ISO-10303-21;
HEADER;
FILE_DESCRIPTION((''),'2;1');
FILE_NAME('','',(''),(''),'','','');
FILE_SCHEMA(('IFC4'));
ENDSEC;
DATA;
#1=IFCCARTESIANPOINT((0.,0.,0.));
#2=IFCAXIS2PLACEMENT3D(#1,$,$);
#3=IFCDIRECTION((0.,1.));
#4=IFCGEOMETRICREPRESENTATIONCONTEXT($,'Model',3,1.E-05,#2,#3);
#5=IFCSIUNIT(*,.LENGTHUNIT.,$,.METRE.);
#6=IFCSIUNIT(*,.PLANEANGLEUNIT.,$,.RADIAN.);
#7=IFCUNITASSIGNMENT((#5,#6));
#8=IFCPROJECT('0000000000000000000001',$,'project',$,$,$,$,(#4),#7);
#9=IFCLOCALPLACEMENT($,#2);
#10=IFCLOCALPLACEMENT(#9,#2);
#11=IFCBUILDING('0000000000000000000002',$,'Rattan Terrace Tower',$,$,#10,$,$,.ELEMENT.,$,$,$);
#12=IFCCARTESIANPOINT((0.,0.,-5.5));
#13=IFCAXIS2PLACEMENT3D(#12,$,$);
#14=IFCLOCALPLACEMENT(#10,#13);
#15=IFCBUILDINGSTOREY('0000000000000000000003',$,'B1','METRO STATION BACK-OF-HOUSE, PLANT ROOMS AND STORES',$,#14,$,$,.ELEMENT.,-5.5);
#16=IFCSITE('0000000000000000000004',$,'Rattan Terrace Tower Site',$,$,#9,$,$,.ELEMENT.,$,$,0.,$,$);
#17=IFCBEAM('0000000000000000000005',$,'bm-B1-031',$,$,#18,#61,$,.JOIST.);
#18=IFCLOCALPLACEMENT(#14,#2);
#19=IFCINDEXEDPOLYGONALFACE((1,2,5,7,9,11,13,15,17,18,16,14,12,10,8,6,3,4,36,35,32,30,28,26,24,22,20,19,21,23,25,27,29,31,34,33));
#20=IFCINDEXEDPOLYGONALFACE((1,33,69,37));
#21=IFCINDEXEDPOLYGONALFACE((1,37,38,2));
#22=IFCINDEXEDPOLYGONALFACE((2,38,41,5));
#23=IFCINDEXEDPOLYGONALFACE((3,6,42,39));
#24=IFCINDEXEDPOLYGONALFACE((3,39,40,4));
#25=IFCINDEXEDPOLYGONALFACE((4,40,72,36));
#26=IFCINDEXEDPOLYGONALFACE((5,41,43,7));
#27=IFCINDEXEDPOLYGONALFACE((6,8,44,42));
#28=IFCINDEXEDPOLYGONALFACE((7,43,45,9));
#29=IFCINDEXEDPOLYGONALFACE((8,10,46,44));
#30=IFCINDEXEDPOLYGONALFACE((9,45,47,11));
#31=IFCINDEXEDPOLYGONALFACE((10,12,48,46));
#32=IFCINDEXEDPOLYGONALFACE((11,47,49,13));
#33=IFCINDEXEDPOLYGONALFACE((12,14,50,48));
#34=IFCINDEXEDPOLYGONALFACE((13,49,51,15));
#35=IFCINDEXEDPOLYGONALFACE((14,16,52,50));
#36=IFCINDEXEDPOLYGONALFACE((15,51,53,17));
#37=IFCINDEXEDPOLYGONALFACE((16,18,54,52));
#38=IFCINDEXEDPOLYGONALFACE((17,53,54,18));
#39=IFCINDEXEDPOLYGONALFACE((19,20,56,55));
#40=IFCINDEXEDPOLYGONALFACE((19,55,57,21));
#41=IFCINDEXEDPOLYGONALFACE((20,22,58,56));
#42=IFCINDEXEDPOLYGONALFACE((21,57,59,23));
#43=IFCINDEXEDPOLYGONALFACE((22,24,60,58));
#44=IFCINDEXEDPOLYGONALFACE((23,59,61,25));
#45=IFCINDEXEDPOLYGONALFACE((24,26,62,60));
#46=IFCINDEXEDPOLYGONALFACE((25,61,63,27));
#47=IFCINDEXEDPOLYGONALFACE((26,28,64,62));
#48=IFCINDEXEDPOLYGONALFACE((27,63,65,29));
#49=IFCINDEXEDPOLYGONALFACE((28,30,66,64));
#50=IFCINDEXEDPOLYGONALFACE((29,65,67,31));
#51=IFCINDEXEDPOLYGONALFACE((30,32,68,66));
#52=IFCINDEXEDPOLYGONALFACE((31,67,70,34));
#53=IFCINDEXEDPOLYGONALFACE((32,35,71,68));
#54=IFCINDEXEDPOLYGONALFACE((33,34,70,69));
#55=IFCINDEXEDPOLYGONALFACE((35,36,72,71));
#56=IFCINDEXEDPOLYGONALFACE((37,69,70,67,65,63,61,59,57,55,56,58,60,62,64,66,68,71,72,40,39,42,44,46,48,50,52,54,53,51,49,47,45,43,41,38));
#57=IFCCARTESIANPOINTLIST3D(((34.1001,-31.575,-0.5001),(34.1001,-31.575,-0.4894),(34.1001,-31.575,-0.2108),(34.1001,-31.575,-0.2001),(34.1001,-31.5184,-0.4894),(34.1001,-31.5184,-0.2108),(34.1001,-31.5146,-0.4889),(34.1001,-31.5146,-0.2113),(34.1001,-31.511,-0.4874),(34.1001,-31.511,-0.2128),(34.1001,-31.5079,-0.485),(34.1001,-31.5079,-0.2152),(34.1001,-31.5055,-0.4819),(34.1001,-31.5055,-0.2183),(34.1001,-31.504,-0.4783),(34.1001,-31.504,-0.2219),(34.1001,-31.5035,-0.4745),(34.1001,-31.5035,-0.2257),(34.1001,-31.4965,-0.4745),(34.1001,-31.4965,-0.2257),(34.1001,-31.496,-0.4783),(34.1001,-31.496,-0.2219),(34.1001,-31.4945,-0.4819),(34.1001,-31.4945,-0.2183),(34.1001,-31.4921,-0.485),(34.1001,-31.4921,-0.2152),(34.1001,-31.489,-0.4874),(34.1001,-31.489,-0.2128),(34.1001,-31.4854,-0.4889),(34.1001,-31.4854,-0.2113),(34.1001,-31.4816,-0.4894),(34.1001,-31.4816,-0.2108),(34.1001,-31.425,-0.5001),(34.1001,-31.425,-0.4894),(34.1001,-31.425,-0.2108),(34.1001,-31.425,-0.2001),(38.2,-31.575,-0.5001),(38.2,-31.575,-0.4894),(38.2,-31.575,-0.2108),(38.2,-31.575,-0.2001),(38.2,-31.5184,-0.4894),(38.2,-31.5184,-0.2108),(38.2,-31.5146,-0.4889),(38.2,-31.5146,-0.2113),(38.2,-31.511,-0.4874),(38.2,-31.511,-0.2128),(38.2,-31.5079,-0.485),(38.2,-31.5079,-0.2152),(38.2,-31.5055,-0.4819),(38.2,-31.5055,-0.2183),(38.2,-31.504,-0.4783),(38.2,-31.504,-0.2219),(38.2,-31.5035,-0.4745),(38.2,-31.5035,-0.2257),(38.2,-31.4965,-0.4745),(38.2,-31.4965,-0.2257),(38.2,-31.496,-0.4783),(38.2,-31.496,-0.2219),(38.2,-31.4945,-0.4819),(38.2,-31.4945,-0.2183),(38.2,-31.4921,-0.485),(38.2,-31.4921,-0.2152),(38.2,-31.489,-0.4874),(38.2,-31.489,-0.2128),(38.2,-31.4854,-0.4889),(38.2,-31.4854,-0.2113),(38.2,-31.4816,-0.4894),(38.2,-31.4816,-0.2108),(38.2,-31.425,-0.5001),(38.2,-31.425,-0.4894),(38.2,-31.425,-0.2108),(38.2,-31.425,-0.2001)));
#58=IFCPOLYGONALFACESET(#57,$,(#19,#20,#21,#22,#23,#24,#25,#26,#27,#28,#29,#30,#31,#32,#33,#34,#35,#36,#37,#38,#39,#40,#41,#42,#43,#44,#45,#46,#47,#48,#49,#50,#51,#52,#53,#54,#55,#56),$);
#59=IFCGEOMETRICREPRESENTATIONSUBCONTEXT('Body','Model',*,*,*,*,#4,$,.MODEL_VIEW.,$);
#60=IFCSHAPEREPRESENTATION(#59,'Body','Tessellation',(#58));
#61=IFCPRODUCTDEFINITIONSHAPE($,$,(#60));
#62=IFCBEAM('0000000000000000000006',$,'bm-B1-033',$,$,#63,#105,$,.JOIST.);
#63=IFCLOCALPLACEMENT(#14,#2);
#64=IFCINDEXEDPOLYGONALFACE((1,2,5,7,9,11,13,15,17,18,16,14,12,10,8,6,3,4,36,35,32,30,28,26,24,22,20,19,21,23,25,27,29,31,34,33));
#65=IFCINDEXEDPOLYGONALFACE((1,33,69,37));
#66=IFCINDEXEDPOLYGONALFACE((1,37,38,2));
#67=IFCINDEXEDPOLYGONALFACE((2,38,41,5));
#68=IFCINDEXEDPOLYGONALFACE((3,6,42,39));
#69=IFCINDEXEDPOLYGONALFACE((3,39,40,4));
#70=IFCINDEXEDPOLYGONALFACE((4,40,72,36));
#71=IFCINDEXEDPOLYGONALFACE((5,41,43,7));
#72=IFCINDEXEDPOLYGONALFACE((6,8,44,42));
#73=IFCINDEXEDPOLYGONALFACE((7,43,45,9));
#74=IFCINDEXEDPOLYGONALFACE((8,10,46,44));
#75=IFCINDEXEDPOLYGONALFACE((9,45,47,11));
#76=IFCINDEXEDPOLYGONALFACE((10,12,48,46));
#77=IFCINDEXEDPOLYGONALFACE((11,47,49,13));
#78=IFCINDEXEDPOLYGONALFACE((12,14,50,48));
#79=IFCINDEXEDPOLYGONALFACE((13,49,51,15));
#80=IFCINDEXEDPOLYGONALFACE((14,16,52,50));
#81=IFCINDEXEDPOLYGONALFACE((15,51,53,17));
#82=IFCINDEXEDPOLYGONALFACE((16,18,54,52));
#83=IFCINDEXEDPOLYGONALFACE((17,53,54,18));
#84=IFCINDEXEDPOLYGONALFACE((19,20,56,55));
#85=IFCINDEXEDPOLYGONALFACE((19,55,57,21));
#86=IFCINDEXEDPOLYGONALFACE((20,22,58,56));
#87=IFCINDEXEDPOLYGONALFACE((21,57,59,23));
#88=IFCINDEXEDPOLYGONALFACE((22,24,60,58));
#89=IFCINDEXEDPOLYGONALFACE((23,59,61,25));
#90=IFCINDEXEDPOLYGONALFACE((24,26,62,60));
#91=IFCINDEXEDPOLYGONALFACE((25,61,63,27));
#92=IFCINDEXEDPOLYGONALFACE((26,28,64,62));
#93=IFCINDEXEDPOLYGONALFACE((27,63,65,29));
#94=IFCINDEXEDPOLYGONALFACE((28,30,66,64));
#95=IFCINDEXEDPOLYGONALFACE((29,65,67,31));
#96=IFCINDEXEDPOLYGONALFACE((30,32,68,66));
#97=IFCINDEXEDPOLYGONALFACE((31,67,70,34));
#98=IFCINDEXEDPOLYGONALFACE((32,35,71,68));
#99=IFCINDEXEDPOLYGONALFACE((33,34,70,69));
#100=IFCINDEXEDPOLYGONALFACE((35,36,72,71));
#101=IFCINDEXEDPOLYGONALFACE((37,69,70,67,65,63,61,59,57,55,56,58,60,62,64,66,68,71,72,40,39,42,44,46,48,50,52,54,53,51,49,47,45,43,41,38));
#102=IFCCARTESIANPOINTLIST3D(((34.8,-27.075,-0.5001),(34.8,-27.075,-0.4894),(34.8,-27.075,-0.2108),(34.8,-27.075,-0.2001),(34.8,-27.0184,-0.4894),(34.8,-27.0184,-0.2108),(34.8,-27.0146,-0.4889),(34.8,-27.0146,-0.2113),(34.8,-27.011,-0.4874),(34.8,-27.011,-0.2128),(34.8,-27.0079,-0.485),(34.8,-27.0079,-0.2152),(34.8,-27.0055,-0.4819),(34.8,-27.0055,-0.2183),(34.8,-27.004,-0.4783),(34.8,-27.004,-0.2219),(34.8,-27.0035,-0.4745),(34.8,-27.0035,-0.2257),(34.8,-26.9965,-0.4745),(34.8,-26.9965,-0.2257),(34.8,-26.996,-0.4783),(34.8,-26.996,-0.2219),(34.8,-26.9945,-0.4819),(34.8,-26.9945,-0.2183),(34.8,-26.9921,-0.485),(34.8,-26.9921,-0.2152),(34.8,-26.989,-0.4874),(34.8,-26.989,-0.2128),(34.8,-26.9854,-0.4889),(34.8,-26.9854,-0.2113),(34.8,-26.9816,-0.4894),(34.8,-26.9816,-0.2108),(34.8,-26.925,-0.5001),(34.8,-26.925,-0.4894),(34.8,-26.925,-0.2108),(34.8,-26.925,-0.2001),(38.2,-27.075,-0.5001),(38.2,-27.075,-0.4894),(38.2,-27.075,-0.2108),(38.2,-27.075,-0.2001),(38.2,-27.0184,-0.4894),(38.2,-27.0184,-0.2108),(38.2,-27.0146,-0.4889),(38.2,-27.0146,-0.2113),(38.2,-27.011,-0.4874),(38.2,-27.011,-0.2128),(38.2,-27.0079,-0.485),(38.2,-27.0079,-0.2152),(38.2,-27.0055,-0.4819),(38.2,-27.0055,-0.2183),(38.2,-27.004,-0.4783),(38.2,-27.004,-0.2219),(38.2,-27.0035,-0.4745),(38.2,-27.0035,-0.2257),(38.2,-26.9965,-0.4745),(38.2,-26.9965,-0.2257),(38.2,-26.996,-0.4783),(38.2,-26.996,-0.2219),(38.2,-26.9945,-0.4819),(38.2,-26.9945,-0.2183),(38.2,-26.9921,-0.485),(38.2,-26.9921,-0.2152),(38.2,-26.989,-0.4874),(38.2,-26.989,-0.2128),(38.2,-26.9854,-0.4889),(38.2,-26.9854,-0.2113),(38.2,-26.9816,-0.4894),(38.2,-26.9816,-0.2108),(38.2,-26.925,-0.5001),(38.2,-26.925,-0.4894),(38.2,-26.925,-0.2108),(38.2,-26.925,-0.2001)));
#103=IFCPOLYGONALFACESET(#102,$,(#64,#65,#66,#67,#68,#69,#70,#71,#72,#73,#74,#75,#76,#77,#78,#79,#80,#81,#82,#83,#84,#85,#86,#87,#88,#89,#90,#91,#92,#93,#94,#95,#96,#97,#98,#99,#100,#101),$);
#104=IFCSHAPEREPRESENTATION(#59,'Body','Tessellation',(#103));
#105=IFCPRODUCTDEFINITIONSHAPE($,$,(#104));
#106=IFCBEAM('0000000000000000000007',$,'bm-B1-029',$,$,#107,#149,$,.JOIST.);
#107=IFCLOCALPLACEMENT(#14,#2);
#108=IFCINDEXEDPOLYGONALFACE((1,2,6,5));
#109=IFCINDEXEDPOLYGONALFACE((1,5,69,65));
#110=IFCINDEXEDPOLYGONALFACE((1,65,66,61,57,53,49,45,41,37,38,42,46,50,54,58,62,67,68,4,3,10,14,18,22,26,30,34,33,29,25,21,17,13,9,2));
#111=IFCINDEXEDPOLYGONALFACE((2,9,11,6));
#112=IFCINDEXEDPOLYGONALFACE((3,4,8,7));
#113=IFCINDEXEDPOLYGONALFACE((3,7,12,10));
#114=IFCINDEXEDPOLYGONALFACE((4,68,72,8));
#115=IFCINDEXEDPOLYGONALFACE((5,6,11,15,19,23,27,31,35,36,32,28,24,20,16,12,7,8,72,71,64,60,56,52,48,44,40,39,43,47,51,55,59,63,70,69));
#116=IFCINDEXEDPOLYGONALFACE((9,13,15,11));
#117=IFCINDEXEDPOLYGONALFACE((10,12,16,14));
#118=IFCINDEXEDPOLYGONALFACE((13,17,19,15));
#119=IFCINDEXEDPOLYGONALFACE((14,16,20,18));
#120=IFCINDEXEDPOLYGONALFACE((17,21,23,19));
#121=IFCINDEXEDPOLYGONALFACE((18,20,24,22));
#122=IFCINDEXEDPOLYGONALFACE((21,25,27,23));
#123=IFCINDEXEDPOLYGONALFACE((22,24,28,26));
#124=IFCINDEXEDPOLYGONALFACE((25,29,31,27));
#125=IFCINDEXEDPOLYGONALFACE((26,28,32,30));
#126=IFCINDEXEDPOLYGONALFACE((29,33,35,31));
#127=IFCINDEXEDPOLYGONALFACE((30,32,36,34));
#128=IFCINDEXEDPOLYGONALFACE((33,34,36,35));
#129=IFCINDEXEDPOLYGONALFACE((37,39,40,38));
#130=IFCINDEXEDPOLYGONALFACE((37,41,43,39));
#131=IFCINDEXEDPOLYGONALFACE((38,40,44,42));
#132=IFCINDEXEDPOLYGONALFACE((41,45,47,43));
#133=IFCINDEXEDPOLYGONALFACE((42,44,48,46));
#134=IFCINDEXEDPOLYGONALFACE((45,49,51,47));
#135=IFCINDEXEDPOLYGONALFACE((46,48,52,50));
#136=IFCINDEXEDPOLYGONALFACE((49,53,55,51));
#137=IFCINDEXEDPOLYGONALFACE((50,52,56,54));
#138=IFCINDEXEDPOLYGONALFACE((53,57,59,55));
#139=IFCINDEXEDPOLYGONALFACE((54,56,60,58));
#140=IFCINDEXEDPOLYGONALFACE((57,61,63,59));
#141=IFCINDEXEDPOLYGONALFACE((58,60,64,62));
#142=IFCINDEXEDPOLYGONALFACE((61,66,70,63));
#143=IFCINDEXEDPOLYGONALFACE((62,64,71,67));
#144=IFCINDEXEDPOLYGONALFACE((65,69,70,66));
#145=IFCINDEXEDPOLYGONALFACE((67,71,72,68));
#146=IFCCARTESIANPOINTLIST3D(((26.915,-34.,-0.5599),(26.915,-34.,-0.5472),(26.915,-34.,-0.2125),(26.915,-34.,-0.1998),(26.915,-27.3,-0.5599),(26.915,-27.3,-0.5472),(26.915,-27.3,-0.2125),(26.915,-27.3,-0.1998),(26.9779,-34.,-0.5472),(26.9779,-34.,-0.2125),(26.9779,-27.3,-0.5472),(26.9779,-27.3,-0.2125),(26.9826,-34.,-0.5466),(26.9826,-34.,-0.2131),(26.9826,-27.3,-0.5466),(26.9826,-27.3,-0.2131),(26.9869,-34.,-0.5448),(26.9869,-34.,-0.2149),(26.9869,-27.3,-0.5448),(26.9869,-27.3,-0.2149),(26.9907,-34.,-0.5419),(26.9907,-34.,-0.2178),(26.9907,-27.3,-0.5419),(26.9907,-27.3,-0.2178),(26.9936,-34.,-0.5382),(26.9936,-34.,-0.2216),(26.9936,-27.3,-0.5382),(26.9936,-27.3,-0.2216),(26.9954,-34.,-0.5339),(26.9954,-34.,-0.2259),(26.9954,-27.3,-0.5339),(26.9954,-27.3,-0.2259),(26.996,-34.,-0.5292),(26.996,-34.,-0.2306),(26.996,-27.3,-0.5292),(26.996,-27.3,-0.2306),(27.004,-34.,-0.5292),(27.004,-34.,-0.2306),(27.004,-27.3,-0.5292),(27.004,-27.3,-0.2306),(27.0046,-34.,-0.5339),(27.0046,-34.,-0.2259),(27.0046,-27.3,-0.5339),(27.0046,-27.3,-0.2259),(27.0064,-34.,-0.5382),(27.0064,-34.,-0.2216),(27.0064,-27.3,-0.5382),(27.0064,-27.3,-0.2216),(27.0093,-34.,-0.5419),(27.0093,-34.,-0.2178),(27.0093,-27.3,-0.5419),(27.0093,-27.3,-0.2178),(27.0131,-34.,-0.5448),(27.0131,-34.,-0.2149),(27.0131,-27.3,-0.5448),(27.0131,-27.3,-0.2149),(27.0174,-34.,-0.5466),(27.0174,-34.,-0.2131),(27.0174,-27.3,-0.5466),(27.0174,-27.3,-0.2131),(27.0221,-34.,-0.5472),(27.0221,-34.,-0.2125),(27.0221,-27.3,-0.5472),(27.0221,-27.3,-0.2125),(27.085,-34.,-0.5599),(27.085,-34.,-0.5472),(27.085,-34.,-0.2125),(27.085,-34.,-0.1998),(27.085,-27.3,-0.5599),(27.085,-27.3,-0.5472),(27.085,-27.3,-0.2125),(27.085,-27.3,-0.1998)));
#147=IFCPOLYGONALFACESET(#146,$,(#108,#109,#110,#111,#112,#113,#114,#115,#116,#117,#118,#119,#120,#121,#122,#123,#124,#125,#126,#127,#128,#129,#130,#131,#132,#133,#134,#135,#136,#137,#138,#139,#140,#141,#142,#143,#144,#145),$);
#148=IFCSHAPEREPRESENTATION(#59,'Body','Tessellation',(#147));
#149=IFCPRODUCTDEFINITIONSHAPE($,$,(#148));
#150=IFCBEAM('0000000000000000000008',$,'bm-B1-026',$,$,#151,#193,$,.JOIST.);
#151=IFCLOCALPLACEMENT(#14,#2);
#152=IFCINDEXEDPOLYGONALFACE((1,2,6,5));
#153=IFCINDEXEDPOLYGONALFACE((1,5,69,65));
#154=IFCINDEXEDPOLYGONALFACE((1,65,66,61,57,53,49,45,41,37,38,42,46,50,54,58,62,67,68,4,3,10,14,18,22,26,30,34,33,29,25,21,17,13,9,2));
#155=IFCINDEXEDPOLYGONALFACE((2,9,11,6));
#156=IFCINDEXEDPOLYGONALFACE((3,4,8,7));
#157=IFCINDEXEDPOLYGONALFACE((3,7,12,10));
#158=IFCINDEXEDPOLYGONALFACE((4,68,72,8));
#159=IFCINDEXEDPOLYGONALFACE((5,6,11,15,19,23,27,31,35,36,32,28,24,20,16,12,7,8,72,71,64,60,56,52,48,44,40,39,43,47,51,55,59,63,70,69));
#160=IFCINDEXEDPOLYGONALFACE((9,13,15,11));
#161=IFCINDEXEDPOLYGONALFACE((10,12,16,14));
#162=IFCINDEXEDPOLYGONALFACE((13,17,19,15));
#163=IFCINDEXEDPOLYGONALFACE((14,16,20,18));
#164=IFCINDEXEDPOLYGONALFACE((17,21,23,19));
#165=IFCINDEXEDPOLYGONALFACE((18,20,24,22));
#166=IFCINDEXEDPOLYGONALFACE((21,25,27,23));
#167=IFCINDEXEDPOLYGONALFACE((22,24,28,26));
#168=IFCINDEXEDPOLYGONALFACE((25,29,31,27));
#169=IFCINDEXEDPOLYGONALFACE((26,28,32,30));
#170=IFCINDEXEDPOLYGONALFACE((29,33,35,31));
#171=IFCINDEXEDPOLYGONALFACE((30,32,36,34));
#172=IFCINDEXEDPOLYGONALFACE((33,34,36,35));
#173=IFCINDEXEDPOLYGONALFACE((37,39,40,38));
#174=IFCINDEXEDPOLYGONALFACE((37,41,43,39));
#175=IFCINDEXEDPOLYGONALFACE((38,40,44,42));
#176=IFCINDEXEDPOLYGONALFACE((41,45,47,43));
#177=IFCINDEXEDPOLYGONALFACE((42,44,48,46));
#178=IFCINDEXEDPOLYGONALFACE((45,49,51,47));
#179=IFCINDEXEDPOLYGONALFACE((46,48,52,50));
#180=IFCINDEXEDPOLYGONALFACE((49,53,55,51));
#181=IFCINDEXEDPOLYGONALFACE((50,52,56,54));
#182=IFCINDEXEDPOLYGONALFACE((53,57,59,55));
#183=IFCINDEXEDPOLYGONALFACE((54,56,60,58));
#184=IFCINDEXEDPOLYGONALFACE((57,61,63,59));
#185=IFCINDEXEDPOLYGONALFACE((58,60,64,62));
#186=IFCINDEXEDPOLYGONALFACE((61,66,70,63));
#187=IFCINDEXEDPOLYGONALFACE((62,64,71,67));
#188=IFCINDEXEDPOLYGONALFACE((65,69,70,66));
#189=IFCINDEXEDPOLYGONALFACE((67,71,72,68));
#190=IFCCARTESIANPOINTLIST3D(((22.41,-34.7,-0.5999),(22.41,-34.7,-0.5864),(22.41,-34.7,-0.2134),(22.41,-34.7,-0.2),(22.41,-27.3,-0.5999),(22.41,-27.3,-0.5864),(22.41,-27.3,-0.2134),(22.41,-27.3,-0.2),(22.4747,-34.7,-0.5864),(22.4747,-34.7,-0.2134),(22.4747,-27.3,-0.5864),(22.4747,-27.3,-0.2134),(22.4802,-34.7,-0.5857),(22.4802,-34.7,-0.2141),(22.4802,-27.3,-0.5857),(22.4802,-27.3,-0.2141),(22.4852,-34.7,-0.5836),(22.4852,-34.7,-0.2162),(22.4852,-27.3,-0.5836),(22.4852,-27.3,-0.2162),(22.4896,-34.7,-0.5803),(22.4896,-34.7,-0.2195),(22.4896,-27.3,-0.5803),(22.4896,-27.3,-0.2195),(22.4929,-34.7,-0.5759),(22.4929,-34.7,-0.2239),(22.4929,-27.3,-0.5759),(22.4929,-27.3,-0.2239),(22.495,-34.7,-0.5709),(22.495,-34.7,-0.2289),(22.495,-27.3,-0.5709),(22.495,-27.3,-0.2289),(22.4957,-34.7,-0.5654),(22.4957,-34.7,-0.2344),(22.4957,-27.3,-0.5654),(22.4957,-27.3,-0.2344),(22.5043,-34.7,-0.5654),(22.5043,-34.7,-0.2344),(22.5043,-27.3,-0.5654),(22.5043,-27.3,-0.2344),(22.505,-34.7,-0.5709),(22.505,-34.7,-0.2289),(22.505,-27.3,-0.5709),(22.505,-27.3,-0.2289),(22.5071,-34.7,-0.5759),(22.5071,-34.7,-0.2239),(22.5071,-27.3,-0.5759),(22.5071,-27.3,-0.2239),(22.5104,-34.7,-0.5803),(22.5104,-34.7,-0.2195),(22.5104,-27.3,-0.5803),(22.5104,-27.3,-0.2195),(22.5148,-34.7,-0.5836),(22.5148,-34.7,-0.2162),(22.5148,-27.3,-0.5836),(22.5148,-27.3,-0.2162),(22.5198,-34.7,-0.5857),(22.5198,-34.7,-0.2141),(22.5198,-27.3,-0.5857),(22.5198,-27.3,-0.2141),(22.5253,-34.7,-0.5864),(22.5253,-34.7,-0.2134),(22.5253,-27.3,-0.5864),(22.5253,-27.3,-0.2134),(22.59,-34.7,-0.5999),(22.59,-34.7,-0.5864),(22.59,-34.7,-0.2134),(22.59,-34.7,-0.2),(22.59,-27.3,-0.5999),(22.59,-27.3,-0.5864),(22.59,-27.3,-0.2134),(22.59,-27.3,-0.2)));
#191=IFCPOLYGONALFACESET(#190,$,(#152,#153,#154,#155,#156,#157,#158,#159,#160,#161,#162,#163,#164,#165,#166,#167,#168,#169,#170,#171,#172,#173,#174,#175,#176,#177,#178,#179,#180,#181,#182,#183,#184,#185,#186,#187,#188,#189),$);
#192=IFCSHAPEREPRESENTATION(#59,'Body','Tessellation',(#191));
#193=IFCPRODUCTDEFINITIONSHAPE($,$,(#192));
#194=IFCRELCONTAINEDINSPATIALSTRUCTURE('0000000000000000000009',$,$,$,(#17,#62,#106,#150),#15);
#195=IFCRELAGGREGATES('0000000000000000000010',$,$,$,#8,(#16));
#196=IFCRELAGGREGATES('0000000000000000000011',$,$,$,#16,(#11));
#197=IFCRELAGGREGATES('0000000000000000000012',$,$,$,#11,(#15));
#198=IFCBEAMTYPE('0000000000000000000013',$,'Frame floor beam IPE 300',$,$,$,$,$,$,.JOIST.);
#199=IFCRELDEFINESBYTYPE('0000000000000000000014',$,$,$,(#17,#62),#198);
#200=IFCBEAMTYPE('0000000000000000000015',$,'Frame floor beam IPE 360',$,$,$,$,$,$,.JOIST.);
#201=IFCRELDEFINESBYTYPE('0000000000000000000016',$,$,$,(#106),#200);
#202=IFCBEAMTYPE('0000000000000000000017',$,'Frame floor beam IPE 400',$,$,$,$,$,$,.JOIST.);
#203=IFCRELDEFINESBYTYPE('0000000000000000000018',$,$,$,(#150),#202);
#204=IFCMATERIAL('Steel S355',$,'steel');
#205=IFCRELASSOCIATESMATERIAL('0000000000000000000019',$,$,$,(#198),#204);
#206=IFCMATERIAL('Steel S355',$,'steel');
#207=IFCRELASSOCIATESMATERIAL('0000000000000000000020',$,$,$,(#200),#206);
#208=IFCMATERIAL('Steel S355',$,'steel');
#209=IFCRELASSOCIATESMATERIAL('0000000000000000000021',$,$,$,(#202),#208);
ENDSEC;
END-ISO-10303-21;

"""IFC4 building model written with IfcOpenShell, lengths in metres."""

from ifc_helpers import new_model, si_unit, direction, frame, origin, origin_2d, place, context, subcontext, project, spatial, i_section, extrude, material, material_profile, profile_set, type_object, element, save


model = new_model("IFC4")

# Units and contexts
model_context = context("Model", 3, precision=1e-05, world=origin(), true_north=direction((0.0, 1.0)))
body_context = subcontext(model_context, "Body", "Model", "MODEL_VIEW")
ifc_project = project(units=[si_unit("LENGTHUNIT", "METRE"), si_unit("PLANEANGLEUNIT", "RADIAN")], contexts=[model_context])

# Site, building, storey
site_placement = place(None, origin())
site = spatial("IfcSite", under=ifc_project, at=site_placement, Name="Rattan Terrace Tower Site", CompositionType="ELEMENT", RefElevation=0.0)
building_placement = place(site_placement, origin())
building = spatial("IfcBuilding", under=site, at=building_placement, Name="Rattan Terrace Tower", CompositionType="ELEMENT")
storey_placement = place(building_placement, frame((0.0, 0.0, -5.5)))
storey = spatial("IfcBuildingStorey", under=building, at=storey_placement, Name="B1", Description="METRO STATION BACK-OF-HOUSE, PLANT ROOMS AND STORES", CompositionType="ELEMENT", Elevation=-5.5)

# Beams
ifc_material_1 = material(Name="Steel S355", Category="steel")
ifc_material_profile_1 = material_profile(ifc_material_1, i_section(OverallWidth=0.1499, OverallDepth=0.3, WebThickness=0.0071, FlangeThickness=0.0107, FilletRadius=0.0149, at=origin_2d()), Name="IPE 300")
ifc_profile_set_1 = profile_set([ifc_material_profile_1], Name="Steel S355")
beam_type_1 = type_object("IfcBeamType", Name="Frame floor beam IPE 300", PredefinedType="JOIST", material=ifc_profile_set_1)
beam_1_placement = place(storey_placement, frame((34.1001, -31.5, -0.3501), z_axis=(1.0, 0.0, 0.0), x_axis=(0.0, 1.0, 0.0)))
element("IfcBeam", 1, at=beam_1_placement, inside=storey, type_object=beam_type_1, Name="bm-B1-031", PredefinedType="JOIST", context=body_context, shape_type="SweptSolid", body=[
    extrude(i_section(OverallWidth=0.1499, OverallDepth=0.3, WebThickness=0.0071, FlangeThickness=0.0107, FilletRadius=0.0149, at=origin_2d()), origin(), (0.0, 0.0, 1.0), 4.0999),
])
beam_2_placement = place(storey_placement, frame((34.8, -27.0, -0.3501), z_axis=(1.0, 0.0, 0.0), x_axis=(0.0, 1.0, 0.0)))
element("IfcBeam", 2, at=beam_2_placement, inside=storey, type_object=beam_type_1, Name="bm-B1-033", PredefinedType="JOIST", context=body_context, shape_type="SweptSolid", body=[
    extrude(i_section(OverallWidth=0.1499, OverallDepth=0.3, WebThickness=0.0071, FlangeThickness=0.0107, FilletRadius=0.0149, at=origin_2d()), origin(), (0.0, 0.0, 1.0), 3.3999),
])
ifc_material_2 = material(Name="Steel S355", Category="steel")
ifc_material_profile_2 = material_profile(ifc_material_2, i_section(OverallWidth=0.1699, OverallDepth=0.3601, WebThickness=0.0081, FlangeThickness=0.0127, FilletRadius=0.0181, at=origin_2d()), Name="IPE 360")
ifc_profile_set_2 = profile_set([ifc_material_profile_2], Name="Steel S355")
beam_type_2 = type_object("IfcBeamType", Name="Frame floor beam IPE 360", PredefinedType="JOIST", material=ifc_profile_set_2)
beam_3_placement = place(storey_placement, frame((27.0, -34.0, -0.3799), z_axis=(0.0, 1.0, 0.0), x_axis=(-1.0, 0.0, 0.0)))
element("IfcBeam", 3, at=beam_3_placement, inside=storey, type_object=beam_type_2, Name="bm-B1-029", PredefinedType="JOIST", context=body_context, shape_type="SweptSolid", body=[
    extrude(i_section(OverallWidth=0.1699, OverallDepth=0.3601, WebThickness=0.0081, FlangeThickness=0.0127, FilletRadius=0.0181, at=origin_2d()), origin(), (0.0, 0.0, 1.0), 6.7),
])
ifc_material_3 = material(Name="Steel S355", Category="steel")
ifc_material_profile_3 = material_profile(ifc_material_3, i_section(OverallWidth=0.1799, OverallDepth=0.3999, WebThickness=0.0085, FlangeThickness=0.0134, FilletRadius=0.021, at=origin_2d()), Name="IPE 400")
ifc_profile_set_3 = profile_set([ifc_material_profile_3], Name="Steel S355")
beam_type_3 = type_object("IfcBeamType", Name="Frame floor beam IPE 400", PredefinedType="JOIST", material=ifc_profile_set_3)
for number, where, z_axis, x_axis, name in (
    (4, (22.5, -34.7, -0.3999), (0.0, 1.0, 0.0), (-1.0, 0.0, 0.0), "bm-B1-026"),
):
    element("IfcBeam", number, at=place(storey_placement, frame(where, z_axis=z_axis, x_axis=x_axis)), inside=storey, type_object=beam_type_3, Name=name, PredefinedType="JOIST", context=body_context, shape_type="SweptSolid", body=[
        extrude(i_section(OverallWidth=0.1799, OverallDepth=0.3999, WebThickness=0.0085, FlangeThickness=0.0134, FilletRadius=0.021, at=origin_2d()), origin(), (0.0, 0.0, 1.0), 7.3999),
    ])

save(model, "model.ifc")
